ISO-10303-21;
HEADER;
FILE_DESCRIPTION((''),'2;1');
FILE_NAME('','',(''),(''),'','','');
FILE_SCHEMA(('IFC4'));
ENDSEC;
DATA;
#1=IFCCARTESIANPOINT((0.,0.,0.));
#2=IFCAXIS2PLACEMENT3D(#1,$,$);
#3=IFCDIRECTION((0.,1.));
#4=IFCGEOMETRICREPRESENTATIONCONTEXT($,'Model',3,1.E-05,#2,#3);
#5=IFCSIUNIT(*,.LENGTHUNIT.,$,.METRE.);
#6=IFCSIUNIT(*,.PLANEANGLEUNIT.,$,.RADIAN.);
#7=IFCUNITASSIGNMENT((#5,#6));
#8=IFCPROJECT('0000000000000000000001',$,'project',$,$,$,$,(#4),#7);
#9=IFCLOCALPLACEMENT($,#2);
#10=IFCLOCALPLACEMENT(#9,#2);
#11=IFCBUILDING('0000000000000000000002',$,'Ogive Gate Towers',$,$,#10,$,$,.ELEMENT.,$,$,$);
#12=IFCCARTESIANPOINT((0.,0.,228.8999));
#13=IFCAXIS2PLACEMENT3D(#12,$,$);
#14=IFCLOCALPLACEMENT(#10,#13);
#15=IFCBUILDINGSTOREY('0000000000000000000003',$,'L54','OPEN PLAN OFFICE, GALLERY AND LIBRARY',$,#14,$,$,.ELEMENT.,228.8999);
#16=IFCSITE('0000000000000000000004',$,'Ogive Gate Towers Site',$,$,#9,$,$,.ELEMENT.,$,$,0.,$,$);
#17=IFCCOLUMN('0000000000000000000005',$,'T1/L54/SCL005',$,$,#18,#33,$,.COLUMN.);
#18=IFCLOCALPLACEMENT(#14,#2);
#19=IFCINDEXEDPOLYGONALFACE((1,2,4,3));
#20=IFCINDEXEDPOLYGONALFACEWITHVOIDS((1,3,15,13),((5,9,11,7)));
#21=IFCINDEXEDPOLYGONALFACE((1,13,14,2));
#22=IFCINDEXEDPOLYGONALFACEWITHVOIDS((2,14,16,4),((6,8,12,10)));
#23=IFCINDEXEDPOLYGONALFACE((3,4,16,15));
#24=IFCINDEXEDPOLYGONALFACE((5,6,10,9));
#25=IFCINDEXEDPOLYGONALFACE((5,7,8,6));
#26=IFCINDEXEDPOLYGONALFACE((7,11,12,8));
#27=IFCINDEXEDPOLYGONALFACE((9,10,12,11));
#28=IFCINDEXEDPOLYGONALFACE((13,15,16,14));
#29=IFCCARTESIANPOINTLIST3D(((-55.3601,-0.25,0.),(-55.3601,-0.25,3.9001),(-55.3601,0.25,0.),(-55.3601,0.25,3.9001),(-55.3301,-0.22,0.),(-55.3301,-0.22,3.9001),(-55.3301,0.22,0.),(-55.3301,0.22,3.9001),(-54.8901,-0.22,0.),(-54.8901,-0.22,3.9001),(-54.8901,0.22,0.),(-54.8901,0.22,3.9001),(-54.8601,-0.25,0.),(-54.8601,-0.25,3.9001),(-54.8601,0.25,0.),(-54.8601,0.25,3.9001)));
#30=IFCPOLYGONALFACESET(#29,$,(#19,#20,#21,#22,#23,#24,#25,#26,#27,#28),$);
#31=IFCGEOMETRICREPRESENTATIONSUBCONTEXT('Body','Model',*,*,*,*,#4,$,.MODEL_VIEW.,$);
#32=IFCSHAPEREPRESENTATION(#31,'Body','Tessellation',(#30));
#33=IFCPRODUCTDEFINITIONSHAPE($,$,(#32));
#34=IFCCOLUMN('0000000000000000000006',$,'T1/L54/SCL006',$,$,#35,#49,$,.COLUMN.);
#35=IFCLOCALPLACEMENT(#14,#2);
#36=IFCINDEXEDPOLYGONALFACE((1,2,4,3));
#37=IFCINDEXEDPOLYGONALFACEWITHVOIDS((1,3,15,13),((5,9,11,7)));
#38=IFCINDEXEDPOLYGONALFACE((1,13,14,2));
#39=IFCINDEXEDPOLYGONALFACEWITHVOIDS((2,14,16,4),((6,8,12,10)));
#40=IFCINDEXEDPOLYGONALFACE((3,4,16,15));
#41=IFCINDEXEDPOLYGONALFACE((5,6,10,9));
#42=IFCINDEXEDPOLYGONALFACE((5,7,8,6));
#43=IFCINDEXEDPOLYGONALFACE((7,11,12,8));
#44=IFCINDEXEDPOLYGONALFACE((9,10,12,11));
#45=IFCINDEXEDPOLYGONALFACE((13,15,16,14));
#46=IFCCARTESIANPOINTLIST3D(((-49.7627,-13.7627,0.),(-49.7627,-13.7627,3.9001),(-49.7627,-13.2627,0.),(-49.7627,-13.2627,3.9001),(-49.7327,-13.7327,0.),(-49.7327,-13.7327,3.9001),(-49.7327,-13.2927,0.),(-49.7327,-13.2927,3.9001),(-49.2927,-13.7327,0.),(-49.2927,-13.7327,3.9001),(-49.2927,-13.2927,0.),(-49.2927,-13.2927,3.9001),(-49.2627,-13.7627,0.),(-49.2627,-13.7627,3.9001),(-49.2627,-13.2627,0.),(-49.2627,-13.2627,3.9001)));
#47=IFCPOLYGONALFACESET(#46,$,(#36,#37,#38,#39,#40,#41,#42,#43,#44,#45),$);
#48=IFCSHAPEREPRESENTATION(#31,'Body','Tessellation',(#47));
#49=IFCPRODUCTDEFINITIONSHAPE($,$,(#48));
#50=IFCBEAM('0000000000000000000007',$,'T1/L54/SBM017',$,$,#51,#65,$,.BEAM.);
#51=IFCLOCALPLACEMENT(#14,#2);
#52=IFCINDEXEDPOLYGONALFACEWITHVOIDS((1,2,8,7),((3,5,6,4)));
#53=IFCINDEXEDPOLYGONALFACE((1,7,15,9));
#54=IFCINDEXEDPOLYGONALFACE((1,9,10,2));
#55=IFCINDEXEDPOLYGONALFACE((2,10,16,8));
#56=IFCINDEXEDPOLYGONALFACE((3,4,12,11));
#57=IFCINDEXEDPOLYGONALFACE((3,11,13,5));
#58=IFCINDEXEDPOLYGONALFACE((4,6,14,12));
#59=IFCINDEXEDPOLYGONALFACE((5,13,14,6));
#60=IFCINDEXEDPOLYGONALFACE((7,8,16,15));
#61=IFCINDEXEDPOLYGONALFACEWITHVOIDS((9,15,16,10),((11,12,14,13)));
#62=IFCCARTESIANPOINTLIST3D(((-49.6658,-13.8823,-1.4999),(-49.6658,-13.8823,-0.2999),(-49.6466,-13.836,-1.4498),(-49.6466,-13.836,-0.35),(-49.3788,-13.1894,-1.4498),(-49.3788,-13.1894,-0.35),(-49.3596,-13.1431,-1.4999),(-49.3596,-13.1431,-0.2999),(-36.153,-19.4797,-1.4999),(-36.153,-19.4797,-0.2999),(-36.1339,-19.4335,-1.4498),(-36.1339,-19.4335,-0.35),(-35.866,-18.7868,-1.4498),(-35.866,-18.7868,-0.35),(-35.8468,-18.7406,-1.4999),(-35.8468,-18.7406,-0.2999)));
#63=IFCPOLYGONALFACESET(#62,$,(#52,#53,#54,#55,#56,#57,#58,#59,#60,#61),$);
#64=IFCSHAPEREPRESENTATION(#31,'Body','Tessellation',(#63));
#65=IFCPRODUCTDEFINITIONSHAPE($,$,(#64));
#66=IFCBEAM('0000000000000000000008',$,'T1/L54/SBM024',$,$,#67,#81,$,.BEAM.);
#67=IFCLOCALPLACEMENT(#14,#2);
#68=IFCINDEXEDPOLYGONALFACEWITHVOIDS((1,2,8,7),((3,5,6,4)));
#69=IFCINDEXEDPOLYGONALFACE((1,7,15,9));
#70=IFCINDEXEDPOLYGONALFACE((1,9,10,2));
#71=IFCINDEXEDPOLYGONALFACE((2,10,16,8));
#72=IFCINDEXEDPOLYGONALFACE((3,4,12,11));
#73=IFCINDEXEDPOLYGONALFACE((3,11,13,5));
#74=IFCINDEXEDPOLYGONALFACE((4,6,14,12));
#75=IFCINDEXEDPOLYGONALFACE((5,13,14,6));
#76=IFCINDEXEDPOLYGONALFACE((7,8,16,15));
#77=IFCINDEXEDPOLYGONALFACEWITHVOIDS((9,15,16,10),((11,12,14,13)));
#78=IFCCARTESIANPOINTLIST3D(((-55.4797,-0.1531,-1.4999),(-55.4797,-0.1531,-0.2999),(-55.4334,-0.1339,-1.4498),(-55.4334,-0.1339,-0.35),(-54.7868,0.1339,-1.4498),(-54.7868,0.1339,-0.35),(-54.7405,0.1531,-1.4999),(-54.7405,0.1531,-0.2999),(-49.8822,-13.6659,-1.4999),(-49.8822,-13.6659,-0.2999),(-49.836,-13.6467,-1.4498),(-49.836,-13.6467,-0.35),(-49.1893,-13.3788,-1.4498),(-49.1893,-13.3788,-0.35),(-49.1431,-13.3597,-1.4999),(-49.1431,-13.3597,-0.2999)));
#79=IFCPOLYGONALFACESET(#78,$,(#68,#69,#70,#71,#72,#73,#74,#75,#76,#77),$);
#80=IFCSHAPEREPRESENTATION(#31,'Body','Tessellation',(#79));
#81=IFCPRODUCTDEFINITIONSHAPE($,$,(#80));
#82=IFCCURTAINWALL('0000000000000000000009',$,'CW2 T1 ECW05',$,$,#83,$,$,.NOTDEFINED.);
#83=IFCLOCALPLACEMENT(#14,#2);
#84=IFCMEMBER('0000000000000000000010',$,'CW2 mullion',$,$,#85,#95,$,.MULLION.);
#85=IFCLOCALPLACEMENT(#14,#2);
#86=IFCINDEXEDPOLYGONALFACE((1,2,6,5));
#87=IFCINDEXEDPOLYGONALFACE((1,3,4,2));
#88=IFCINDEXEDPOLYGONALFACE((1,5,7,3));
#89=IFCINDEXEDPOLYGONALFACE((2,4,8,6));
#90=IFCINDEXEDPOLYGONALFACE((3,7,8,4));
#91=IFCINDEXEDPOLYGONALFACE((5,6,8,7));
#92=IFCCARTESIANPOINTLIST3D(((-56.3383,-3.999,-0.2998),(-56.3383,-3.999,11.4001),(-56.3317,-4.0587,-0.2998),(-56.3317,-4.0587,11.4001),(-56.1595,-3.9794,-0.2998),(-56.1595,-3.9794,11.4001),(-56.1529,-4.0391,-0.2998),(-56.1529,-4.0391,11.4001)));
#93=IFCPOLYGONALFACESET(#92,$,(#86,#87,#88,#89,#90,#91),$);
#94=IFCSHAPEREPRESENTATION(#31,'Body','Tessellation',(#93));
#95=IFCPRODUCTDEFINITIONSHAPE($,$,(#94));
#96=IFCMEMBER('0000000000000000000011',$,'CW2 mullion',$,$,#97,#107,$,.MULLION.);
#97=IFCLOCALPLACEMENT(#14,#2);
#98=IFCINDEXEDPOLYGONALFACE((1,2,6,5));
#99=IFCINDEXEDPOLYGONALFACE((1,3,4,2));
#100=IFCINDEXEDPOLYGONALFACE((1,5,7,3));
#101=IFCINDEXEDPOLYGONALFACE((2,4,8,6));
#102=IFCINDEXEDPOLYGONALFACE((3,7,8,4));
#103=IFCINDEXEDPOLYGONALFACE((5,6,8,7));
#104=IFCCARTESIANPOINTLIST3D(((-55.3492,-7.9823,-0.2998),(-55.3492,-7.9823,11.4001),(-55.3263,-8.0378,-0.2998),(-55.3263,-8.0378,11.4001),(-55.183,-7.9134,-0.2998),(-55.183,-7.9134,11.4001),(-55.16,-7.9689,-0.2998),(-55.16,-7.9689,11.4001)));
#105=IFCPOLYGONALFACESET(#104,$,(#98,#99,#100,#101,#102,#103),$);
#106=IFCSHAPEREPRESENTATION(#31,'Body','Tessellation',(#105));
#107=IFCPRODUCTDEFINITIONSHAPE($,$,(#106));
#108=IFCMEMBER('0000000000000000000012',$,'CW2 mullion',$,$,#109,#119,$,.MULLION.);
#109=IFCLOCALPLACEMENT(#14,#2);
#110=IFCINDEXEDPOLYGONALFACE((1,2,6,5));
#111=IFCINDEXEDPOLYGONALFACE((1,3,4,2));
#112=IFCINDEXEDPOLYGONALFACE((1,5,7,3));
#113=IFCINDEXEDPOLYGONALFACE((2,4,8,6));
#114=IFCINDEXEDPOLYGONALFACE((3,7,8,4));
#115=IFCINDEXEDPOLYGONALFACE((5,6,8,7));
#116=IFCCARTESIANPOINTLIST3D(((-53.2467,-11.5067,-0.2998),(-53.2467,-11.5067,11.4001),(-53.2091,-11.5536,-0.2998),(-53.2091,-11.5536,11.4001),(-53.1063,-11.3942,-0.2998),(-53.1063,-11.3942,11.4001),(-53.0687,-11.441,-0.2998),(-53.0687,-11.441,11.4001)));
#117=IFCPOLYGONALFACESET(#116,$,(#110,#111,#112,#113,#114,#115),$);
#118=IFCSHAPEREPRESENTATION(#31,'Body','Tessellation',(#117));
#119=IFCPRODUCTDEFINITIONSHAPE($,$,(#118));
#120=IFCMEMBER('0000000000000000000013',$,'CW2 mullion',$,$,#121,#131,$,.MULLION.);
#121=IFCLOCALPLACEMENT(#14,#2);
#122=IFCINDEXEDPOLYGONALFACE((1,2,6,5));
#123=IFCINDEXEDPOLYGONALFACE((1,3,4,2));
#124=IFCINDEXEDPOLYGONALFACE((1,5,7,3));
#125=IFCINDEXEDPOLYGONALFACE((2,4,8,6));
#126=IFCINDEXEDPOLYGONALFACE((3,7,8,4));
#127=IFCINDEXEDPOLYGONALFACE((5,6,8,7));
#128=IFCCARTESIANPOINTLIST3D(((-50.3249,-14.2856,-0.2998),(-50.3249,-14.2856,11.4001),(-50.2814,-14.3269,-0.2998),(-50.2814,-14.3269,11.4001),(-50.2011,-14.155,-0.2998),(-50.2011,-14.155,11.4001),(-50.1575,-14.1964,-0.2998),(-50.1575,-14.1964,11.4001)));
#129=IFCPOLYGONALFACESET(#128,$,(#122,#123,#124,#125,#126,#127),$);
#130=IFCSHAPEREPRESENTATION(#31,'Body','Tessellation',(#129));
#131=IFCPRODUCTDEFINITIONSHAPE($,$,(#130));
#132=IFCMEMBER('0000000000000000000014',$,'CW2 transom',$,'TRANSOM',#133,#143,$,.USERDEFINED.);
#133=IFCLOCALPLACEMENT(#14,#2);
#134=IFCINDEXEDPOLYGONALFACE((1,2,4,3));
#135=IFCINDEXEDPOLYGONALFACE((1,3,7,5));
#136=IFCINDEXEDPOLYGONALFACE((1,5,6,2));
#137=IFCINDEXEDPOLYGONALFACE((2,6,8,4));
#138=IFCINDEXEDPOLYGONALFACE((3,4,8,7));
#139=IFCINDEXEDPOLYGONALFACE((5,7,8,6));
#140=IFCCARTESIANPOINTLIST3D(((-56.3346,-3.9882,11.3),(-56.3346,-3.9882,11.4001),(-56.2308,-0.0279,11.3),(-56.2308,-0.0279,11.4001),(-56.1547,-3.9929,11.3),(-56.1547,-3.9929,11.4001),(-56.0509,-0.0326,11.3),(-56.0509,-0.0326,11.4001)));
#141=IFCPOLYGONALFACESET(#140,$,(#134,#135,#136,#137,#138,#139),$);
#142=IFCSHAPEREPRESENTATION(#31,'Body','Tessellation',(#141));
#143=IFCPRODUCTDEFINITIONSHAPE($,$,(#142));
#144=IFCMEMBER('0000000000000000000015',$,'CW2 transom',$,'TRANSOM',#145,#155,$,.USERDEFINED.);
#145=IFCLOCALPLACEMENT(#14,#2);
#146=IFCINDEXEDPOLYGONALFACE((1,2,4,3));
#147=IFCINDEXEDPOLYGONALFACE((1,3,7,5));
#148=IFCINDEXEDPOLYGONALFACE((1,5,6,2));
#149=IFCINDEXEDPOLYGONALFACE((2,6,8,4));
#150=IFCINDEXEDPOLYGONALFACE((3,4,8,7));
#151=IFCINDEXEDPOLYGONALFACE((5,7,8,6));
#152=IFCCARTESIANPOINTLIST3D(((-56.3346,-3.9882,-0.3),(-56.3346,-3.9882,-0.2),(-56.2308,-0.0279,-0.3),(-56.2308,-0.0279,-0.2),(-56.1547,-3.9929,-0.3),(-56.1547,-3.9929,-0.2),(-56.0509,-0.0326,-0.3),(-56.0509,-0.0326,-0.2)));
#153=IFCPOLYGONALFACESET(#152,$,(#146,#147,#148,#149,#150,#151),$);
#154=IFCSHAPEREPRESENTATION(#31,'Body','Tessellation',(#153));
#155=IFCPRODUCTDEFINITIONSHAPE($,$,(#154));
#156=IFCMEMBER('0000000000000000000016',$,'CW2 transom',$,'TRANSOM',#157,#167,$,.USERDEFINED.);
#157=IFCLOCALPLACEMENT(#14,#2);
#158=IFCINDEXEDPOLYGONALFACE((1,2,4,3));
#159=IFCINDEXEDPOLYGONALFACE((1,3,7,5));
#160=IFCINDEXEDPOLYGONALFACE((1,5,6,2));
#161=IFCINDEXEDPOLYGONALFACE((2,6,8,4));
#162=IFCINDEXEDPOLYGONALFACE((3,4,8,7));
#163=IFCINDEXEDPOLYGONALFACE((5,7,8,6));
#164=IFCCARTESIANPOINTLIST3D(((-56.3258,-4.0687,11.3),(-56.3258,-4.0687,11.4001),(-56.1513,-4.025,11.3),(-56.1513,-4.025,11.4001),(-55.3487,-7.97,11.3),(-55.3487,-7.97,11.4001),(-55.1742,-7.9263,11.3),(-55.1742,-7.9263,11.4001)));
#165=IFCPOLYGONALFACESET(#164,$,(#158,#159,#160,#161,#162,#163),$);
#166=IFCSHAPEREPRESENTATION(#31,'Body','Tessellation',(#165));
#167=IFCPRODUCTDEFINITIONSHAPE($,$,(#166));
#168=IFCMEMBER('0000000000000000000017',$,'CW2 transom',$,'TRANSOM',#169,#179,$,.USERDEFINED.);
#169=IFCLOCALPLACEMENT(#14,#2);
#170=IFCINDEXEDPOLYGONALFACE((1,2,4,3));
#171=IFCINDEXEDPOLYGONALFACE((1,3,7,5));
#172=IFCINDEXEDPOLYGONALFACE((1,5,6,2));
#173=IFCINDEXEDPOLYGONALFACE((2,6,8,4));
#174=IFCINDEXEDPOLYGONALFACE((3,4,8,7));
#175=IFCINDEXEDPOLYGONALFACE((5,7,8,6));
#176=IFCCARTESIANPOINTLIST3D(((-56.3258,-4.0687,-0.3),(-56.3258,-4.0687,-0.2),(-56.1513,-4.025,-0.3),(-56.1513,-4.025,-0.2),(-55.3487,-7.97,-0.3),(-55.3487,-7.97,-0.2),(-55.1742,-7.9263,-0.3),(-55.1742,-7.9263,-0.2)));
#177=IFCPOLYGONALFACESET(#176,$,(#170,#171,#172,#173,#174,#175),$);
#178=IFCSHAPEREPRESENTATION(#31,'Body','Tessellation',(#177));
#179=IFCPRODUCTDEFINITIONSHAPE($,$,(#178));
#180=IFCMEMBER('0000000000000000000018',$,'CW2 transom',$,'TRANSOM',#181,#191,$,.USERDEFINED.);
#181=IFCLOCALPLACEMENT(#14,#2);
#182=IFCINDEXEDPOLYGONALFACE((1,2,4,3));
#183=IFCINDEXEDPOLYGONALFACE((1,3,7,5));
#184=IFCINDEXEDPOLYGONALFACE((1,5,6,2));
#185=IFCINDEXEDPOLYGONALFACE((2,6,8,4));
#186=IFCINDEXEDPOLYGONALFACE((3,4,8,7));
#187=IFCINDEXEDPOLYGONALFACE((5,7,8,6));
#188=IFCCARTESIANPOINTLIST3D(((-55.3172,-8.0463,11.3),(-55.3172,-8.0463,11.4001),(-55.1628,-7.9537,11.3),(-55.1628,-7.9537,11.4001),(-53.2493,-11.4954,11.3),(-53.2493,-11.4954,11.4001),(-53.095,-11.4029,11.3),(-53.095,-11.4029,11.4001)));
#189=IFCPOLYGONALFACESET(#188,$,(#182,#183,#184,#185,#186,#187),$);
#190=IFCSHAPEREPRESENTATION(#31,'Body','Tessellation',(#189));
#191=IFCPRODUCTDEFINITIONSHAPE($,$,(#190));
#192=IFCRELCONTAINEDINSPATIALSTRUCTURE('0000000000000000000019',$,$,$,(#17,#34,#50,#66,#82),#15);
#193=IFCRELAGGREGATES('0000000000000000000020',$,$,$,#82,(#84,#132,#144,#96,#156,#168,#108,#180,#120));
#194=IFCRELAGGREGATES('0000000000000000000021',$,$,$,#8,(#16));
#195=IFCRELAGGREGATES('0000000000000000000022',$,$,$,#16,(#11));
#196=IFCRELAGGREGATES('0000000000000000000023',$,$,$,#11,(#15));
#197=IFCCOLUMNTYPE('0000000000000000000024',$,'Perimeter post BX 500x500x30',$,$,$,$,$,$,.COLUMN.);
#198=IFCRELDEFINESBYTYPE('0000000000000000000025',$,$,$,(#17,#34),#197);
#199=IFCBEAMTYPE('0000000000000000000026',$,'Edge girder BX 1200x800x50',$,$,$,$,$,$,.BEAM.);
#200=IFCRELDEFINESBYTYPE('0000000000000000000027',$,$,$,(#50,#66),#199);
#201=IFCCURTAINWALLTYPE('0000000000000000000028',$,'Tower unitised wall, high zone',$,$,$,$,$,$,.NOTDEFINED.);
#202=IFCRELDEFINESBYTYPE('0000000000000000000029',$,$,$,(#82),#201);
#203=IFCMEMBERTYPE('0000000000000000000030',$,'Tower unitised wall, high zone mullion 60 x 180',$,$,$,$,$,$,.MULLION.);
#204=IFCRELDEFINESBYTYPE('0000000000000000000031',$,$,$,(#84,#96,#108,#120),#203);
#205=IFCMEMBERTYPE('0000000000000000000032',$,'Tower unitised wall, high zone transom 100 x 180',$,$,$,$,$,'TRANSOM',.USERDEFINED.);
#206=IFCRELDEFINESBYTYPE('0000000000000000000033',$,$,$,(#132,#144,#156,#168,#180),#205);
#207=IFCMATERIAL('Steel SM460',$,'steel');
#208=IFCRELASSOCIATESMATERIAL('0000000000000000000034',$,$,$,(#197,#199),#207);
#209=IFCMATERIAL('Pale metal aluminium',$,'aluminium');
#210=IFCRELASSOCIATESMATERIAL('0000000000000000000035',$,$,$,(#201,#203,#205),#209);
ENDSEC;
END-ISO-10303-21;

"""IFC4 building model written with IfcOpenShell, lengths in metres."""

from ifc_helpers import new_model, si_unit, direction, frame, origin, origin_2d, place, context, subcontext, project, spatial, rectangle, hollow_rectangle, extrude, material, material_profile, profile_set, type_object, element, aggregate, save


model = new_model("IFC4")

# Units and contexts
model_context = context("Model", 3, precision=1e-05, world=origin(), true_north=direction((0.0, 1.0)))
body_context = subcontext(model_context, "Body", "Model", "MODEL_VIEW")
ifc_project = project(units=[si_unit("LENGTHUNIT", "METRE"), si_unit("PLANEANGLEUNIT", "RADIAN")], contexts=[model_context])

# Site, building, storey
site_placement = place(None, origin())
site = spatial("IfcSite", under=ifc_project, at=site_placement, Name="Ogive Gate Towers Site", CompositionType="ELEMENT", RefElevation=0.0)
building_placement = place(site_placement, origin())
building = spatial("IfcBuilding", under=site, at=building_placement, Name="Ogive Gate Towers", CompositionType="ELEMENT")
storey_placement = place(building_placement, frame((0.0, 0.0, 228.8999)))
storey = spatial("IfcBuildingStorey", under=building, at=storey_placement, Name="L54", Description="OPEN PLAN OFFICE, GALLERY AND LIBRARY", CompositionType="ELEMENT", Elevation=228.8999)

# Columns
ifc_material_1 = material(Name="Steel SM460", Category="steel")
ifc_material_profile_1 = material_profile(ifc_material_1, hollow_rectangle(XDim=0.5, YDim=0.5, WallThickness=0.03, at=origin_2d()), Name="BX 500x500x30")
ifc_profile_set_1 = profile_set([ifc_material_profile_1], Name="Steel SM460")
column_type = type_object("IfcColumnType", Name="Perimeter post BX 500x500x30", PredefinedType="COLUMN", material=ifc_profile_set_1)
for number, where, z_axis, x_axis, name in (
    (1, (-55.1101, 0.0, 0.0), (0.0, 0.0, 1.0), (1.0, 0.0, 0.0), "T1/L54/SCL005"),
    (2, (-49.5127, -13.5127, 0.0), (0.0, 0.0, 1.0), (1.0, 0.0, 0.0), "T1/L54/SCL006"),
):
    element("IfcColumn", number, at=place(storey_placement, frame(where, z_axis=z_axis, x_axis=x_axis)), inside=storey, type_object=column_type, Name=name, PredefinedType="COLUMN", context=body_context, shape_type="SweptSolid", body=[
        extrude(hollow_rectangle(XDim=0.5, YDim=0.5, WallThickness=0.03, at=origin_2d()), origin(), (0.0, 0.0, 1.0), 3.9001),
    ])

# Beams
ifc_material_profile_2 = material_profile(ifc_material_1, hollow_rectangle(XDim=0.8, YDim=1.2, WallThickness=0.05, at=origin_2d()), Name="BX 1200x800x50")
ifc_profile_set_2 = profile_set([ifc_material_profile_2], Name="Steel SM460")
beam_type = type_object("IfcBeamType", Name="Edge girder BX 1200x800x50", PredefinedType="BEAM", material=ifc_profile_set_2)
for number, where, z_axis, x_axis, name in (
    (3, (-49.5127, -13.5127, -0.8999), (0.923873, -0.382699, 0.0), (0.382699, 0.923873, 0.0), "T1/L54/SBM017"),
    (4, (-55.1101, 0.0, -0.8999), (0.382699, -0.923873, 0.0), (0.923873, 0.382699, 0.0), "T1/L54/SBM024"),
):
    element("IfcBeam", number, at=place(storey_placement, frame(where, z_axis=z_axis, x_axis=x_axis)), inside=storey, type_object=beam_type, Name=name, PredefinedType="BEAM", context=body_context, shape_type="SweptSolid", body=[
        extrude(hollow_rectangle(XDim=0.8, YDim=1.2, WallThickness=0.05, at=origin_2d()), origin(), (0.0, 0.0, 1.0), 14.6262),
    ])

# Curtain wall, members
ifc_material_2 = material(Name="Pale metal aluminium", Category="aluminium")
curtain_wall_type = type_object("IfcCurtainWallType", Name="Tower unitised wall, high zone", PredefinedType="NOTDEFINED", material=ifc_material_2)
curtain_wall_1_placement = place(storey_placement, origin())
curtain_wall_1 = element("IfcCurtainWall", 5, at=curtain_wall_1_placement, inside=storey, type_object=curtain_wall_type, Name="CW2 T1 ECW05", PredefinedType="NOTDEFINED")
ifc_material_profile_3 = material_profile(ifc_material_2, rectangle(XDim=0.1799, YDim=0.0601, at=origin_2d()), Name="60 x 180 aluminium box")
ifc_profile_set_3 = profile_set([ifc_material_profile_3], Name="Pale metal aluminium")
member_type_1 = type_object("IfcMemberType", Name="Tower unitised wall, high zone mullion 60 x 180", PredefinedType="MULLION", material=ifc_profile_set_3)
member_1_placement = place(storey_placement, frame((-56.2456, -4.019, -0.2998), z_axis=(0.0, 0.0, 1.0), x_axis=(-0.994001, -0.10937, 0.0)))
member_1 = element("IfcMember", 6, at=member_1_placement, type_object=member_type_1, Name="CW2 mullion", PredefinedType="MULLION", context=body_context, shape_type="SweptSolid", body=[
    extrude(rectangle(XDim=0.1799, YDim=0.0601, at=origin_2d()), origin(), (0.0, 0.0, 1.0), 11.7),
])
member_2_placement = place(storey_placement, frame((-55.2546, -7.9756, -0.2998), z_axis=(0.0, 0.0, 1.0), x_axis=(-0.923873, -0.3827, 0.0)))
member_2 = element("IfcMember", 7, at=member_2_placement, type_object=member_type_1, Name="CW2 mullion", PredefinedType="MULLION", context=body_context, shape_type="SweptSolid", body=[
    extrude(rectangle(XDim=0.1799, YDim=0.0601, at=origin_2d()), origin(), (0.0, 0.0, 1.0), 11.7),
])
member_3_placement = place(storey_placement, frame((-53.1577, -11.4739, -0.2998), z_axis=(0.0, 0.0, 1.0), x_axis=(-0.780201, -0.625529, 0.0)))
member_3 = element("IfcMember", 8, at=member_3_placement, type_object=member_type_1, Name="CW2 mullion", PredefinedType="MULLION", context=body_context, shape_type="SweptSolid", body=[
    extrude(rectangle(XDim=0.1799, YDim=0.0601, at=origin_2d()), origin(), (0.0, 0.0, 1.0), 11.7),
])
member_4_placement = place(storey_placement, frame((-50.2412, -14.241, -0.2998), z_axis=(0.0, 0.0, 1.0), x_axis=(-0.688329, -0.725398, 0.0)))
member_4 = element("IfcMember", 9, at=member_4_placement, type_object=member_type_1, Name="CW2 mullion", PredefinedType="MULLION", context=body_context, shape_type="SweptSolid", body=[
    extrude(rectangle(XDim=0.1799, YDim=0.0601, at=origin_2d()), origin(), (0.0, 0.0, 1.0), 11.7),
])
ifc_material_profile_4 = material_profile(ifc_material_2, rectangle(XDim=0.1799, YDim=0.1001, at=origin_2d()), Name="100 x 180 aluminium box")
ifc_profile_set_4 = profile_set([ifc_material_profile_4], Name="Pale metal aluminium")
member_type_2 = type_object("IfcMemberType", Name="Tower unitised wall, high zone transom 100 x 180", ElementType="TRANSOM", PredefinedType="USERDEFINED", material=ifc_profile_set_4)
member_5_placement = place(storey_placement, frame((-56.1409, -0.0303, 11.3501), z_axis=(-0.026192, -0.999657, 0.0), x_axis=(0.999657, -0.026192, 0.0)))
member_5 = element("IfcMember", 10, at=member_5_placement, type_object=member_type_2, Name="CW2 transom", ObjectType="TRANSOM", PredefinedType="USERDEFINED", context=body_context, shape_type="SweptSolid", body=[
    extrude(rectangle(XDim=0.1799, YDim=0.1001, at=origin_2d()), origin(), (0.0, 0.0, 1.0), 3.9617),
])
member_6_placement = place(storey_placement, frame((-56.1409, -0.0303, -0.25), z_axis=(-0.026192, -0.999657, 0.0), x_axis=(0.999657, -0.026192, 0.0)))
member_6 = element("IfcMember", 11, at=member_6_placement, type_object=member_type_2, Name="CW2 transom", ObjectType="TRANSOM", PredefinedType="USERDEFINED", context=body_context, shape_type="SweptSolid", body=[
    extrude(rectangle(XDim=0.1799, YDim=0.1001, at=origin_2d()), origin(), (0.0, 0.0, 1.0), 3.9617),
])
member_7_placement = place(storey_placement, frame((-56.2385, -4.0469, 11.3501), z_axis=(0.24295, -0.970039, 0.0), x_axis=(0.970039, 0.24295, 0.0)))
member_7 = element("IfcMember", 12, at=member_7_placement, type_object=member_type_2, Name="CW2 transom", ObjectType="TRANSOM", PredefinedType="USERDEFINED", context=body_context, shape_type="SweptSolid", body=[
    extrude(rectangle(XDim=0.1799, YDim=0.1001, at=origin_2d()), origin(), (0.0, 0.0, 1.0), 4.0217),
])
member_8_placement = place(storey_placement, frame((-56.2385, -4.0469, -0.25), z_axis=(0.24295, -0.970039, 0.0), x_axis=(0.970039, 0.24295, 0.0)))
member_8 = element("IfcMember", 13, at=member_8_placement, type_object=member_type_2, Name="CW2 transom", ObjectType="TRANSOM", PredefinedType="USERDEFINED", context=body_context, shape_type="SweptSolid", body=[
    extrude(rectangle(XDim=0.1799, YDim=0.1001, at=origin_2d()), origin(), (0.0, 0.0, 1.0), 4.0217),
])
member_9_placement = place(storey_placement, frame((-55.24, -8.0, 11.3501), z_axis=(0.514192, -0.857675, 0.0), x_axis=(0.857675, 0.514192, 0.0)))
member_9 = element("IfcMember", 14, at=member_9_placement, type_object=member_type_2, Name="CW2 transom", ObjectType="TRANSOM", PredefinedType="USERDEFINED", context=body_context, shape_type="SweptSolid", body=[
    extrude(rectangle(XDim=0.1799, YDim=0.1001, at=origin_2d()), origin(), (0.0, 0.0, 1.0), 4.0215),
])

aggregate(curtain_wall_1, [member_1, member_5, member_6, member_2, member_7, member_8, member_3, member_9, member_4])

save(model, "model.ifc")
